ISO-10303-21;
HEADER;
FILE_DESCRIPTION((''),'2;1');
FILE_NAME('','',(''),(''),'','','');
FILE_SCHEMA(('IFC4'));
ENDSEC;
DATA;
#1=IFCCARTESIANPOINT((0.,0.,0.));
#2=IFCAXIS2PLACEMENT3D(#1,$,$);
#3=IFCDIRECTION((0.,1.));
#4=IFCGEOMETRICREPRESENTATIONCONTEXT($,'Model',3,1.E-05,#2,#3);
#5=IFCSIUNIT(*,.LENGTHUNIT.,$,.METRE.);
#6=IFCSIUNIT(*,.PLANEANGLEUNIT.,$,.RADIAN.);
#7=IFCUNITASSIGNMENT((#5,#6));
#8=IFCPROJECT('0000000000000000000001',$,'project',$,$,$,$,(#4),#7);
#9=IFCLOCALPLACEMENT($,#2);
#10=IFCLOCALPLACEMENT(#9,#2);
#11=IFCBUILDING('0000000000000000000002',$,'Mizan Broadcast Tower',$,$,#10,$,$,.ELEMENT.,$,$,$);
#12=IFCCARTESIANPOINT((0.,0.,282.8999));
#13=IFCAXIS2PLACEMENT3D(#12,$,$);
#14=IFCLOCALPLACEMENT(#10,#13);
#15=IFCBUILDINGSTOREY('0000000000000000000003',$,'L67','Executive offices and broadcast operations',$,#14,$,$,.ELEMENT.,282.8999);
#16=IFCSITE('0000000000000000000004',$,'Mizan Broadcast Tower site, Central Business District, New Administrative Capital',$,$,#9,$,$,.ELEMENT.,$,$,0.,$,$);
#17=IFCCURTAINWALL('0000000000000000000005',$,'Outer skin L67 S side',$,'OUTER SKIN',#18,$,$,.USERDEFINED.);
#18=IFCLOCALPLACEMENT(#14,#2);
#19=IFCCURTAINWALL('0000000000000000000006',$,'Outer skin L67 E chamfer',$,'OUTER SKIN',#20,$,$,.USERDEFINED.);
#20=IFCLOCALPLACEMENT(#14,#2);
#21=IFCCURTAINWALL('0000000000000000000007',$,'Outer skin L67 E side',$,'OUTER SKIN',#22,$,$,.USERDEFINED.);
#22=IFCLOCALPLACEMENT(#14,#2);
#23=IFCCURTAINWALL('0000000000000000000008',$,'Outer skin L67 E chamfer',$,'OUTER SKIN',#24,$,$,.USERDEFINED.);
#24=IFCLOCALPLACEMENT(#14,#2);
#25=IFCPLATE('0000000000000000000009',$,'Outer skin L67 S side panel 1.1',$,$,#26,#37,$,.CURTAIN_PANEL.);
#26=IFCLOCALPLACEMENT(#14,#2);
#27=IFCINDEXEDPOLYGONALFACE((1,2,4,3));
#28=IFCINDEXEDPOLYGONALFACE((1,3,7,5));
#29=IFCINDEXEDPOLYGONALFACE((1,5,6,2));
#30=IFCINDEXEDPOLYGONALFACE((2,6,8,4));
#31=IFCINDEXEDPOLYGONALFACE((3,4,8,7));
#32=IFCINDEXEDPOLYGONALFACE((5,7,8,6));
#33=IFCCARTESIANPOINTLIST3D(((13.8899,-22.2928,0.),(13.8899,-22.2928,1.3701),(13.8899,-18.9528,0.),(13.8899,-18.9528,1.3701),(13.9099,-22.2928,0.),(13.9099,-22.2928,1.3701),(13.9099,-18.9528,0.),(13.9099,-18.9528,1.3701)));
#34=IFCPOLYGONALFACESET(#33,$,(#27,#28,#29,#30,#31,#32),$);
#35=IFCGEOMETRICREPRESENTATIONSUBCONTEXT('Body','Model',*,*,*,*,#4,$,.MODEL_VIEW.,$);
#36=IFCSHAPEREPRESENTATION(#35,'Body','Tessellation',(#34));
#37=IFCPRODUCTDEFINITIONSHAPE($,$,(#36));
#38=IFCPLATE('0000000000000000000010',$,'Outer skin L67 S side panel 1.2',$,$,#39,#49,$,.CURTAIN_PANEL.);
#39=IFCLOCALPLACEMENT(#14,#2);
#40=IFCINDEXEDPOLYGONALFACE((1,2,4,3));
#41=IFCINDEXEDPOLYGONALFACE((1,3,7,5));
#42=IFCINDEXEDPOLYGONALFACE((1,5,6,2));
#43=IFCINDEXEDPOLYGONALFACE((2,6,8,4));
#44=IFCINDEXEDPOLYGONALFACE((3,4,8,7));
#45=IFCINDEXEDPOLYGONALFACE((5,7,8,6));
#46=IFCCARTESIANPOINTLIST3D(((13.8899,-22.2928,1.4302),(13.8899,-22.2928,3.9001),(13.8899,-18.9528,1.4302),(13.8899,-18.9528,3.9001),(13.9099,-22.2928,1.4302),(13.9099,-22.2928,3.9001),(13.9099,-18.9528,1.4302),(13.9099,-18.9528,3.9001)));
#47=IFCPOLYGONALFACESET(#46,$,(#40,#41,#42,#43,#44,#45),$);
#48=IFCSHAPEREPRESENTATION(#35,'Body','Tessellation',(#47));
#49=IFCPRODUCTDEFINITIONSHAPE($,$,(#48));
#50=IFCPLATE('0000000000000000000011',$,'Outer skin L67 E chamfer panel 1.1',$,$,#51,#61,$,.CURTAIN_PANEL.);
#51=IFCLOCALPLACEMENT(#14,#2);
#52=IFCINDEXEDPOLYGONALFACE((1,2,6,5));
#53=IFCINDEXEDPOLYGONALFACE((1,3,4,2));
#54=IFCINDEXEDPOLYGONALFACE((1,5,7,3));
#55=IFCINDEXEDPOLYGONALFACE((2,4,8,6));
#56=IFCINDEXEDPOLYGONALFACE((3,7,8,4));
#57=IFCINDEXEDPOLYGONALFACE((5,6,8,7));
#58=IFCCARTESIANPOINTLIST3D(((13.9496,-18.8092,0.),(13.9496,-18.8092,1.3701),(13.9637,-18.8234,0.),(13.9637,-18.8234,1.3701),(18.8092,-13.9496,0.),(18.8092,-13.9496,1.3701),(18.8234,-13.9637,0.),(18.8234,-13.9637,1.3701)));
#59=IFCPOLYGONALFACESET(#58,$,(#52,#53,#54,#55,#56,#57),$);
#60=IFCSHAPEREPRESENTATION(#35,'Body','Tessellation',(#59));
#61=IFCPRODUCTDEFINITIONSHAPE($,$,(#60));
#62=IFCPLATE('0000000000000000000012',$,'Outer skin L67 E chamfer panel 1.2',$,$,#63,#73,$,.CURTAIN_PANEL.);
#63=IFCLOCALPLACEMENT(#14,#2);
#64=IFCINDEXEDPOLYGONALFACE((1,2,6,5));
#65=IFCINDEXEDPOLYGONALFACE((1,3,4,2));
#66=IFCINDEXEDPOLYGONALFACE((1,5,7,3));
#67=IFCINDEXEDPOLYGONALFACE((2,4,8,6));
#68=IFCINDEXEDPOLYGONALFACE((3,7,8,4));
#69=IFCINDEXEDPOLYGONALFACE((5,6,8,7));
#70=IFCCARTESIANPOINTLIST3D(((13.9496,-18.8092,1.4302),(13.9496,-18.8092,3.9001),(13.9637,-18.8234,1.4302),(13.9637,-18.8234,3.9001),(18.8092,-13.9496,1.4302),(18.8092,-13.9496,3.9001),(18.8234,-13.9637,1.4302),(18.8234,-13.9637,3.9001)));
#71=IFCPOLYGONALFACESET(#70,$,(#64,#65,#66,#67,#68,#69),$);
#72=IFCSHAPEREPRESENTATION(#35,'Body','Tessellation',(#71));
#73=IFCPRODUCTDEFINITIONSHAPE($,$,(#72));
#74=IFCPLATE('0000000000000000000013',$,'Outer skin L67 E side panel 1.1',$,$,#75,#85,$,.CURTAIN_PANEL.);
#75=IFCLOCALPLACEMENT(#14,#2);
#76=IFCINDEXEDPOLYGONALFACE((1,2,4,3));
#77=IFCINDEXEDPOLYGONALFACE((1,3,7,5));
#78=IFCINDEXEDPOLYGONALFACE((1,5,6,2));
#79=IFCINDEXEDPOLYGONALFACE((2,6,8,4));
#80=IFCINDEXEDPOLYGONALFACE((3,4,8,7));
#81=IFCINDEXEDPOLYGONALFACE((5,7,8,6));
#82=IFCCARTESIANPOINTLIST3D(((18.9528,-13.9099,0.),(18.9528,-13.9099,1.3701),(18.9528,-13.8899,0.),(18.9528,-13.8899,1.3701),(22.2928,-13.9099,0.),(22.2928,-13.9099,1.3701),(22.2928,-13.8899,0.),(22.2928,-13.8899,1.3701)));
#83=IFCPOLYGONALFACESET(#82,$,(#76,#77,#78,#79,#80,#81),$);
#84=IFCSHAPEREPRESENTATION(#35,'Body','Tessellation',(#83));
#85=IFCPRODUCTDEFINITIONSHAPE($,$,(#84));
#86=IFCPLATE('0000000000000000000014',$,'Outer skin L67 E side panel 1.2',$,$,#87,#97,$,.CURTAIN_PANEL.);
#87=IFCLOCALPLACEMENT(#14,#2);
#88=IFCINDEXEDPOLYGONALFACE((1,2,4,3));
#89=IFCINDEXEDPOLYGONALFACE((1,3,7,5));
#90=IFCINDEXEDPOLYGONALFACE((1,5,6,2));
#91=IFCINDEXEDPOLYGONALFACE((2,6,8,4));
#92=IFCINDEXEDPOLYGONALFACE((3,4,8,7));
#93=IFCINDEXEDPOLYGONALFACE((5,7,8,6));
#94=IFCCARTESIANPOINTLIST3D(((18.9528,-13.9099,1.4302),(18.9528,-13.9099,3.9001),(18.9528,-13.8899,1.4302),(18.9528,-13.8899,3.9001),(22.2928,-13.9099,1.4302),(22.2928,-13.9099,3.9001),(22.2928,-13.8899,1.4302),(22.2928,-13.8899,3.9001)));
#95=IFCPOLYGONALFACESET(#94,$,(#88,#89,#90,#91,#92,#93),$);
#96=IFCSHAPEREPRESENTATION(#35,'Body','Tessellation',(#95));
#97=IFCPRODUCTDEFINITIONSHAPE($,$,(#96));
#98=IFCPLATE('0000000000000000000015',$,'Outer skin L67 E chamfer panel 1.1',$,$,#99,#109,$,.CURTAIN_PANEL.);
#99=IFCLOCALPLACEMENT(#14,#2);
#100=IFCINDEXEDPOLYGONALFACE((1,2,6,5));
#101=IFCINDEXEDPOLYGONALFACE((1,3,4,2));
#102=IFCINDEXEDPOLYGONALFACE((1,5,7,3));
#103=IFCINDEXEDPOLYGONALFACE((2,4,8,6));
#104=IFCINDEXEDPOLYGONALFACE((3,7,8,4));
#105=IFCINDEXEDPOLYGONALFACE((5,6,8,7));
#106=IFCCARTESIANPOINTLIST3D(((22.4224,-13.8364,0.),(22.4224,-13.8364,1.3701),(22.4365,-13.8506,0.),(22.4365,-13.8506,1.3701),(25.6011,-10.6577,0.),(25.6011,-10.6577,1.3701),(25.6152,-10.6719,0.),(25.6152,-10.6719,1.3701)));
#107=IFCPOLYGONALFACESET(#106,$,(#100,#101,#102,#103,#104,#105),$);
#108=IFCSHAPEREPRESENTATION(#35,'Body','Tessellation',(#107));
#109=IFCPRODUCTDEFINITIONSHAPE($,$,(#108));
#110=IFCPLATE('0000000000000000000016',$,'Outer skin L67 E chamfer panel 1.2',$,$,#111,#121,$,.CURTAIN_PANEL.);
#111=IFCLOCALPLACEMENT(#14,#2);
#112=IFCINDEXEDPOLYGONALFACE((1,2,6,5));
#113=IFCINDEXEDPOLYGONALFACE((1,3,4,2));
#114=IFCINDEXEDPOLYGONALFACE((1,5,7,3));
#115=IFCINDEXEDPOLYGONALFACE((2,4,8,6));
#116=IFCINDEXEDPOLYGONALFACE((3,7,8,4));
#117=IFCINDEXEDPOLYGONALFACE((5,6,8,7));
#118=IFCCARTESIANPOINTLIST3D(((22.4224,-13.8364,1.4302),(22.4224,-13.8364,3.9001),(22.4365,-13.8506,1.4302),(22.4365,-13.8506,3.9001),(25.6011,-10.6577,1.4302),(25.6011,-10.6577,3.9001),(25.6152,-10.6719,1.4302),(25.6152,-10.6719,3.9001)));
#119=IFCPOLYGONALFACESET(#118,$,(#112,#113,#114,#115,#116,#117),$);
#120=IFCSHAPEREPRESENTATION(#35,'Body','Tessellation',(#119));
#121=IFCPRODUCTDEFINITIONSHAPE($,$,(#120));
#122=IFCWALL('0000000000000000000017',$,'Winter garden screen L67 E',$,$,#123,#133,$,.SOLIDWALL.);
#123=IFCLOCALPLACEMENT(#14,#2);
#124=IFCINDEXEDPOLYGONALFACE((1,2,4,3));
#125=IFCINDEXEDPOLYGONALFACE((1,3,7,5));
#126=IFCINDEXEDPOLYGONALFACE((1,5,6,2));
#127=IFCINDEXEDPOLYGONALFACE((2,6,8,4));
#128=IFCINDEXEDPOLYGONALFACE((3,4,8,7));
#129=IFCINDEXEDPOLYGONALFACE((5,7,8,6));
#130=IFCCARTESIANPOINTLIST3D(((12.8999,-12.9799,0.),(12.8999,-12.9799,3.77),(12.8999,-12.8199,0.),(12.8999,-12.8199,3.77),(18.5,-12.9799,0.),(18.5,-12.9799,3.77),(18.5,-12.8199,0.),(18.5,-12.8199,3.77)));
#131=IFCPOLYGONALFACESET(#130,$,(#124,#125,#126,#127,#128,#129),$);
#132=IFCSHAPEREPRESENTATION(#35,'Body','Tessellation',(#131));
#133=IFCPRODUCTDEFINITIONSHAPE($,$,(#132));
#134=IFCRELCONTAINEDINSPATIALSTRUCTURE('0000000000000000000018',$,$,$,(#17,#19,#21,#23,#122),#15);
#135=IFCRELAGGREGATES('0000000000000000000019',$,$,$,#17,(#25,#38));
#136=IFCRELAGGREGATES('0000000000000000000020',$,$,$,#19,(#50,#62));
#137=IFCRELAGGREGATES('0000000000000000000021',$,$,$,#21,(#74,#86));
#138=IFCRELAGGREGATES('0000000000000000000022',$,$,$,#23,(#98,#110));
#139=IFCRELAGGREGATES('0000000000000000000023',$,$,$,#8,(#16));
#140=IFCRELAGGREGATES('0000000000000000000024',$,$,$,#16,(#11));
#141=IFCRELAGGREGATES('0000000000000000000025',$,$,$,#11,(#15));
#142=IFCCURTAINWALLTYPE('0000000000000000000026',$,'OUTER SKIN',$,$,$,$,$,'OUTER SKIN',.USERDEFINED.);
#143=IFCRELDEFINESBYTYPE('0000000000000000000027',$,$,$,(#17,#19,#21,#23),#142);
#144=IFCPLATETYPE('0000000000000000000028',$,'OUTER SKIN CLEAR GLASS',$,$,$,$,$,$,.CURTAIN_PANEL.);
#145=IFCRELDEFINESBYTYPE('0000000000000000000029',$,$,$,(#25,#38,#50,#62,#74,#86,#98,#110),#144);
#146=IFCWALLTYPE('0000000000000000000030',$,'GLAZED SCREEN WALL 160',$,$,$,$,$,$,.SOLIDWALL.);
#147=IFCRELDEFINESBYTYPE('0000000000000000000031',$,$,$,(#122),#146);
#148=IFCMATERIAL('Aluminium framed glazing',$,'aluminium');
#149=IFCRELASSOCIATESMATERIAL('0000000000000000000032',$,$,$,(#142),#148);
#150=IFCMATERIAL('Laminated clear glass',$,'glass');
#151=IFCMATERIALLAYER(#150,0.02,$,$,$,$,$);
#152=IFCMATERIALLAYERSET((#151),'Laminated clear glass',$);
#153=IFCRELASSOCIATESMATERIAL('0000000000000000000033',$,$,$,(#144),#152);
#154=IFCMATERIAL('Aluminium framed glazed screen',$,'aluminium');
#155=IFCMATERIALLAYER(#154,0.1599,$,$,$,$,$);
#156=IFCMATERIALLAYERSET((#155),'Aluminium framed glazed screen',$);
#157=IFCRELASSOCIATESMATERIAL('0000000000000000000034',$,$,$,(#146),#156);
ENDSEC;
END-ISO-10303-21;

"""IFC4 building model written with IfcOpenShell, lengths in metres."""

from ifc_helpers import new_model, si_unit, direction, frame, frame_2d, origin, origin_2d, place, context, subcontext, project, spatial, rectangle, extrude, material, layer, layer_set, type_object, element, aggregate, save


model = new_model("IFC4")

# Units and contexts
model_context = context("Model", 3, precision=1e-05, world=origin(), true_north=direction((0.0, 1.0)))
body_context = subcontext(model_context, "Body", "Model", "MODEL_VIEW")
ifc_project = project(units=[si_unit("LENGTHUNIT", "METRE"), si_unit("PLANEANGLEUNIT", "RADIAN")], contexts=[model_context])

# Site, building, storey
site_placement = place(None, origin())
site = spatial("IfcSite", under=ifc_project, at=site_placement, Name="Mizan Broadcast Tower site, Central Business District, New Administrative Capital", CompositionType="ELEMENT", RefElevation=0.0)
building_placement = place(site_placement, origin())
building = spatial("IfcBuilding", under=site, at=building_placement, Name="Mizan Broadcast Tower", CompositionType="ELEMENT")
storey_placement = place(building_placement, frame((0.0, 0.0, 282.8999)))
storey = spatial("IfcBuildingStorey", under=building, at=storey_placement, Name="L67", Description="Executive offices and broadcast operations", CompositionType="ELEMENT", Elevation=282.8999)

# Curtain walls
ifc_material_1 = material(Name="Aluminium framed glazing", Category="aluminium")
curtain_wall_type_1 = type_object("IfcCurtainWallType", Name="OUTER SKIN", ElementType="OUTER SKIN", PredefinedType="USERDEFINED", material=ifc_material_1)
curtain_wall_1_placement = place(storey_placement, origin())
curtain_wall_1 = element("IfcCurtainWall", 1, at=curtain_wall_1_placement, inside=storey, type_object=curtain_wall_type_1, Name="Outer skin L67 S side", ObjectType="OUTER SKIN", PredefinedType="USERDEFINED")
curtain_wall_2_placement = place(storey_placement, origin())
curtain_wall_2 = element("IfcCurtainWall", 2, at=curtain_wall_2_placement, inside=storey, type_object=curtain_wall_type_1, Name="Outer skin L67 E chamfer", ObjectType="OUTER SKIN", PredefinedType="USERDEFINED")
curtain_wall_3_placement = place(storey_placement, origin())
curtain_wall_3 = element("IfcCurtainWall", 3, at=curtain_wall_3_placement, inside=storey, type_object=curtain_wall_type_1, Name="Outer skin L67 E side", ObjectType="OUTER SKIN", PredefinedType="USERDEFINED")

# Curtain wall
curtain_wall_4_placement = place(storey_placement, origin())
curtain_wall_4 = element("IfcCurtainWall", 4, at=curtain_wall_4_placement, inside=storey, type_object=curtain_wall_type_1, Name="Outer skin L67 E chamfer", ObjectType="OUTER SKIN", PredefinedType="USERDEFINED")

# Plates
ifc_material_2 = material(Name="Laminated clear glass", Category="glass")
ifc_layer_1 = layer(ifc_material_2, 0.02)
ifc_layer_set_1 = layer_set([ifc_layer_1], Name="Laminated clear glass")
plate_type_1 = type_object("IfcPlateType", Name="OUTER SKIN CLEAR GLASS", PredefinedType="CURTAIN_PANEL", material=ifc_layer_set_1)
plate_1_placement = place(storey_placement, frame((13.8999, -20.6228, 0.0), z_axis=(0.0, 0.0, 1.0), x_axis=(0.0, 1.0, 0.0)))
plate_1 = element("IfcPlate", 5, at=plate_1_placement, type_object=plate_type_1, Name="Outer skin L67 S side panel 1.1", PredefinedType="CURTAIN_PANEL", context=body_context, shape_type="SweptSolid", body=[
    extrude(rectangle(XDim=3.3401, YDim=0.02, at=origin_2d()), origin(), (0.0, 0.0, 1.0), 1.3701),
])
plate_2_placement = place(storey_placement, frame((13.8999, -20.6228, 1.4302), z_axis=(0.0, 0.0, 1.0), x_axis=(0.0, 1.0, 0.0)))
plate_2 = element("IfcPlate", 6, at=plate_2_placement, type_object=plate_type_1, Name="Outer skin L67 S side panel 1.2", PredefinedType="CURTAIN_PANEL", context=body_context, shape_type="SweptSolid", body=[
    extrude(rectangle(XDim=3.3401, YDim=0.02, at=origin_2d()), origin(), (0.0, 0.0, 1.0), 2.47),
])
aggregate(curtain_wall_1, [plate_1, plate_2])
plate_3_placement = place(storey_placement, frame((16.3865, -16.3865, 0.0), z_axis=(0.0, 0.0, 1.0), x_axis=(0.707107, 0.707107, 0.0)))
plate_3 = element("IfcPlate", 7, at=plate_3_placement, type_object=plate_type_1, Name="Outer skin L67 E chamfer panel 1.1", PredefinedType="CURTAIN_PANEL", context=body_context, shape_type="SweptSolid", body=[
    extrude(rectangle(XDim=6.8726, YDim=0.02, at=origin_2d()), origin(), (0.0, 0.0, 1.0), 1.3701),
])
plate_4_placement = place(storey_placement, frame((16.3865, -16.3865, 1.4302), z_axis=(0.0, 0.0, 1.0), x_axis=(0.707107, 0.707107, 0.0)))
plate_4 = element("IfcPlate", 8, at=plate_4_placement, type_object=plate_type_1, Name="Outer skin L67 E chamfer panel 1.2", PredefinedType="CURTAIN_PANEL", context=body_context, shape_type="SweptSolid", body=[
    extrude(rectangle(XDim=6.8726, YDim=0.02, at=origin_2d()), origin(), (0.0, 0.0, 1.0), 2.47),
])
aggregate(curtain_wall_2, [plate_3, plate_4])
plate_5_placement = place(storey_placement, frame((20.6228, -13.8999, 0.0), z_axis=(0.0, 0.0, 1.0), x_axis=(1.0, 0.0, 0.0)))
plate_5 = element("IfcPlate", 9, at=plate_5_placement, type_object=plate_type_1, Name="Outer skin L67 E side panel 1.1", PredefinedType="CURTAIN_PANEL", context=body_context, shape_type="SweptSolid", body=[
    extrude(rectangle(XDim=3.3401, YDim=0.02, at=origin_2d()), origin(), (0.0, 0.0, 1.0), 1.3701),
])
plate_6_placement = place(storey_placement, frame((20.6228, -13.8999, 1.4302), z_axis=(0.0, 0.0, 1.0), x_axis=(1.0, 0.0, 0.0)))
plate_6 = element("IfcPlate", 10, at=plate_6_placement, type_object=plate_type_1, Name="Outer skin L67 E side panel 1.2", PredefinedType="CURTAIN_PANEL", context=body_context, shape_type="SweptSolid", body=[
    extrude(rectangle(XDim=3.3401, YDim=0.02, at=origin_2d()), origin(), (0.0, 0.0, 1.0), 2.47),
])
aggregate(curtain_wall_3, [plate_5, plate_6])
plate_7_placement = place(storey_placement, frame((24.0188, -12.2542, 0.0), z_axis=(0.0, 0.0, 1.0), x_axis=(0.707107, 0.707107, 0.0)))
plate_7 = element("IfcPlate", 11, at=plate_7_placement, type_object=plate_type_1, Name="Outer skin L67 E chamfer panel 1.1", PredefinedType="CURTAIN_PANEL", context=body_context, shape_type="SweptSolid", body=[
    extrude(rectangle(XDim=4.4954, YDim=0.02, at=origin_2d()), origin(), (0.0, 0.0, 1.0), 1.3701),
])
plate_8_placement = place(storey_placement, frame((24.0188, -12.2542, 1.4302), z_axis=(0.0, 0.0, 1.0), x_axis=(0.707107, 0.707107, 0.0)))
plate_8 = element("IfcPlate", 12, at=plate_8_placement, type_object=plate_type_1, Name="Outer skin L67 E chamfer panel 1.2", PredefinedType="CURTAIN_PANEL", context=body_context, shape_type="SweptSolid", body=[
    extrude(rectangle(XDim=4.4954, YDim=0.02, at=origin_2d()), origin(), (0.0, 0.0, 1.0), 2.47),
])
aggregate(curtain_wall_4, [plate_7, plate_8])

# Wall
ifc_material_3 = material(Name="Aluminium framed glazed screen", Category="aluminium")
ifc_layer_2 = layer(ifc_material_3, 0.1599)
ifc_layer_set_2 = layer_set([ifc_layer_2], Name="Aluminium framed glazed screen")
wall_type = type_object("IfcWallType", Name="GLAZED SCREEN WALL 160", PredefinedType="SOLIDWALL", material=ifc_layer_set_2)
wall_placement = place(storey_placement, frame((12.8999, -12.8999, 0.0), z_axis=(0.0, 0.0, 1.0), x_axis=(1.0, 0.0, 0.0)))
element("IfcWall", 13, at=wall_placement, inside=storey, type_object=wall_type, Name="Winter garden screen L67 E", PredefinedType="SOLIDWALL", context=body_context, shape_type="SweptSolid", body=[
    extrude(rectangle(XDim=5.6001, YDim=0.1599, at=frame_2d((2.8, 0.0))), origin(), (0.0, 0.0, 1.0), 3.77),
])

save(model, "model.ifc")
